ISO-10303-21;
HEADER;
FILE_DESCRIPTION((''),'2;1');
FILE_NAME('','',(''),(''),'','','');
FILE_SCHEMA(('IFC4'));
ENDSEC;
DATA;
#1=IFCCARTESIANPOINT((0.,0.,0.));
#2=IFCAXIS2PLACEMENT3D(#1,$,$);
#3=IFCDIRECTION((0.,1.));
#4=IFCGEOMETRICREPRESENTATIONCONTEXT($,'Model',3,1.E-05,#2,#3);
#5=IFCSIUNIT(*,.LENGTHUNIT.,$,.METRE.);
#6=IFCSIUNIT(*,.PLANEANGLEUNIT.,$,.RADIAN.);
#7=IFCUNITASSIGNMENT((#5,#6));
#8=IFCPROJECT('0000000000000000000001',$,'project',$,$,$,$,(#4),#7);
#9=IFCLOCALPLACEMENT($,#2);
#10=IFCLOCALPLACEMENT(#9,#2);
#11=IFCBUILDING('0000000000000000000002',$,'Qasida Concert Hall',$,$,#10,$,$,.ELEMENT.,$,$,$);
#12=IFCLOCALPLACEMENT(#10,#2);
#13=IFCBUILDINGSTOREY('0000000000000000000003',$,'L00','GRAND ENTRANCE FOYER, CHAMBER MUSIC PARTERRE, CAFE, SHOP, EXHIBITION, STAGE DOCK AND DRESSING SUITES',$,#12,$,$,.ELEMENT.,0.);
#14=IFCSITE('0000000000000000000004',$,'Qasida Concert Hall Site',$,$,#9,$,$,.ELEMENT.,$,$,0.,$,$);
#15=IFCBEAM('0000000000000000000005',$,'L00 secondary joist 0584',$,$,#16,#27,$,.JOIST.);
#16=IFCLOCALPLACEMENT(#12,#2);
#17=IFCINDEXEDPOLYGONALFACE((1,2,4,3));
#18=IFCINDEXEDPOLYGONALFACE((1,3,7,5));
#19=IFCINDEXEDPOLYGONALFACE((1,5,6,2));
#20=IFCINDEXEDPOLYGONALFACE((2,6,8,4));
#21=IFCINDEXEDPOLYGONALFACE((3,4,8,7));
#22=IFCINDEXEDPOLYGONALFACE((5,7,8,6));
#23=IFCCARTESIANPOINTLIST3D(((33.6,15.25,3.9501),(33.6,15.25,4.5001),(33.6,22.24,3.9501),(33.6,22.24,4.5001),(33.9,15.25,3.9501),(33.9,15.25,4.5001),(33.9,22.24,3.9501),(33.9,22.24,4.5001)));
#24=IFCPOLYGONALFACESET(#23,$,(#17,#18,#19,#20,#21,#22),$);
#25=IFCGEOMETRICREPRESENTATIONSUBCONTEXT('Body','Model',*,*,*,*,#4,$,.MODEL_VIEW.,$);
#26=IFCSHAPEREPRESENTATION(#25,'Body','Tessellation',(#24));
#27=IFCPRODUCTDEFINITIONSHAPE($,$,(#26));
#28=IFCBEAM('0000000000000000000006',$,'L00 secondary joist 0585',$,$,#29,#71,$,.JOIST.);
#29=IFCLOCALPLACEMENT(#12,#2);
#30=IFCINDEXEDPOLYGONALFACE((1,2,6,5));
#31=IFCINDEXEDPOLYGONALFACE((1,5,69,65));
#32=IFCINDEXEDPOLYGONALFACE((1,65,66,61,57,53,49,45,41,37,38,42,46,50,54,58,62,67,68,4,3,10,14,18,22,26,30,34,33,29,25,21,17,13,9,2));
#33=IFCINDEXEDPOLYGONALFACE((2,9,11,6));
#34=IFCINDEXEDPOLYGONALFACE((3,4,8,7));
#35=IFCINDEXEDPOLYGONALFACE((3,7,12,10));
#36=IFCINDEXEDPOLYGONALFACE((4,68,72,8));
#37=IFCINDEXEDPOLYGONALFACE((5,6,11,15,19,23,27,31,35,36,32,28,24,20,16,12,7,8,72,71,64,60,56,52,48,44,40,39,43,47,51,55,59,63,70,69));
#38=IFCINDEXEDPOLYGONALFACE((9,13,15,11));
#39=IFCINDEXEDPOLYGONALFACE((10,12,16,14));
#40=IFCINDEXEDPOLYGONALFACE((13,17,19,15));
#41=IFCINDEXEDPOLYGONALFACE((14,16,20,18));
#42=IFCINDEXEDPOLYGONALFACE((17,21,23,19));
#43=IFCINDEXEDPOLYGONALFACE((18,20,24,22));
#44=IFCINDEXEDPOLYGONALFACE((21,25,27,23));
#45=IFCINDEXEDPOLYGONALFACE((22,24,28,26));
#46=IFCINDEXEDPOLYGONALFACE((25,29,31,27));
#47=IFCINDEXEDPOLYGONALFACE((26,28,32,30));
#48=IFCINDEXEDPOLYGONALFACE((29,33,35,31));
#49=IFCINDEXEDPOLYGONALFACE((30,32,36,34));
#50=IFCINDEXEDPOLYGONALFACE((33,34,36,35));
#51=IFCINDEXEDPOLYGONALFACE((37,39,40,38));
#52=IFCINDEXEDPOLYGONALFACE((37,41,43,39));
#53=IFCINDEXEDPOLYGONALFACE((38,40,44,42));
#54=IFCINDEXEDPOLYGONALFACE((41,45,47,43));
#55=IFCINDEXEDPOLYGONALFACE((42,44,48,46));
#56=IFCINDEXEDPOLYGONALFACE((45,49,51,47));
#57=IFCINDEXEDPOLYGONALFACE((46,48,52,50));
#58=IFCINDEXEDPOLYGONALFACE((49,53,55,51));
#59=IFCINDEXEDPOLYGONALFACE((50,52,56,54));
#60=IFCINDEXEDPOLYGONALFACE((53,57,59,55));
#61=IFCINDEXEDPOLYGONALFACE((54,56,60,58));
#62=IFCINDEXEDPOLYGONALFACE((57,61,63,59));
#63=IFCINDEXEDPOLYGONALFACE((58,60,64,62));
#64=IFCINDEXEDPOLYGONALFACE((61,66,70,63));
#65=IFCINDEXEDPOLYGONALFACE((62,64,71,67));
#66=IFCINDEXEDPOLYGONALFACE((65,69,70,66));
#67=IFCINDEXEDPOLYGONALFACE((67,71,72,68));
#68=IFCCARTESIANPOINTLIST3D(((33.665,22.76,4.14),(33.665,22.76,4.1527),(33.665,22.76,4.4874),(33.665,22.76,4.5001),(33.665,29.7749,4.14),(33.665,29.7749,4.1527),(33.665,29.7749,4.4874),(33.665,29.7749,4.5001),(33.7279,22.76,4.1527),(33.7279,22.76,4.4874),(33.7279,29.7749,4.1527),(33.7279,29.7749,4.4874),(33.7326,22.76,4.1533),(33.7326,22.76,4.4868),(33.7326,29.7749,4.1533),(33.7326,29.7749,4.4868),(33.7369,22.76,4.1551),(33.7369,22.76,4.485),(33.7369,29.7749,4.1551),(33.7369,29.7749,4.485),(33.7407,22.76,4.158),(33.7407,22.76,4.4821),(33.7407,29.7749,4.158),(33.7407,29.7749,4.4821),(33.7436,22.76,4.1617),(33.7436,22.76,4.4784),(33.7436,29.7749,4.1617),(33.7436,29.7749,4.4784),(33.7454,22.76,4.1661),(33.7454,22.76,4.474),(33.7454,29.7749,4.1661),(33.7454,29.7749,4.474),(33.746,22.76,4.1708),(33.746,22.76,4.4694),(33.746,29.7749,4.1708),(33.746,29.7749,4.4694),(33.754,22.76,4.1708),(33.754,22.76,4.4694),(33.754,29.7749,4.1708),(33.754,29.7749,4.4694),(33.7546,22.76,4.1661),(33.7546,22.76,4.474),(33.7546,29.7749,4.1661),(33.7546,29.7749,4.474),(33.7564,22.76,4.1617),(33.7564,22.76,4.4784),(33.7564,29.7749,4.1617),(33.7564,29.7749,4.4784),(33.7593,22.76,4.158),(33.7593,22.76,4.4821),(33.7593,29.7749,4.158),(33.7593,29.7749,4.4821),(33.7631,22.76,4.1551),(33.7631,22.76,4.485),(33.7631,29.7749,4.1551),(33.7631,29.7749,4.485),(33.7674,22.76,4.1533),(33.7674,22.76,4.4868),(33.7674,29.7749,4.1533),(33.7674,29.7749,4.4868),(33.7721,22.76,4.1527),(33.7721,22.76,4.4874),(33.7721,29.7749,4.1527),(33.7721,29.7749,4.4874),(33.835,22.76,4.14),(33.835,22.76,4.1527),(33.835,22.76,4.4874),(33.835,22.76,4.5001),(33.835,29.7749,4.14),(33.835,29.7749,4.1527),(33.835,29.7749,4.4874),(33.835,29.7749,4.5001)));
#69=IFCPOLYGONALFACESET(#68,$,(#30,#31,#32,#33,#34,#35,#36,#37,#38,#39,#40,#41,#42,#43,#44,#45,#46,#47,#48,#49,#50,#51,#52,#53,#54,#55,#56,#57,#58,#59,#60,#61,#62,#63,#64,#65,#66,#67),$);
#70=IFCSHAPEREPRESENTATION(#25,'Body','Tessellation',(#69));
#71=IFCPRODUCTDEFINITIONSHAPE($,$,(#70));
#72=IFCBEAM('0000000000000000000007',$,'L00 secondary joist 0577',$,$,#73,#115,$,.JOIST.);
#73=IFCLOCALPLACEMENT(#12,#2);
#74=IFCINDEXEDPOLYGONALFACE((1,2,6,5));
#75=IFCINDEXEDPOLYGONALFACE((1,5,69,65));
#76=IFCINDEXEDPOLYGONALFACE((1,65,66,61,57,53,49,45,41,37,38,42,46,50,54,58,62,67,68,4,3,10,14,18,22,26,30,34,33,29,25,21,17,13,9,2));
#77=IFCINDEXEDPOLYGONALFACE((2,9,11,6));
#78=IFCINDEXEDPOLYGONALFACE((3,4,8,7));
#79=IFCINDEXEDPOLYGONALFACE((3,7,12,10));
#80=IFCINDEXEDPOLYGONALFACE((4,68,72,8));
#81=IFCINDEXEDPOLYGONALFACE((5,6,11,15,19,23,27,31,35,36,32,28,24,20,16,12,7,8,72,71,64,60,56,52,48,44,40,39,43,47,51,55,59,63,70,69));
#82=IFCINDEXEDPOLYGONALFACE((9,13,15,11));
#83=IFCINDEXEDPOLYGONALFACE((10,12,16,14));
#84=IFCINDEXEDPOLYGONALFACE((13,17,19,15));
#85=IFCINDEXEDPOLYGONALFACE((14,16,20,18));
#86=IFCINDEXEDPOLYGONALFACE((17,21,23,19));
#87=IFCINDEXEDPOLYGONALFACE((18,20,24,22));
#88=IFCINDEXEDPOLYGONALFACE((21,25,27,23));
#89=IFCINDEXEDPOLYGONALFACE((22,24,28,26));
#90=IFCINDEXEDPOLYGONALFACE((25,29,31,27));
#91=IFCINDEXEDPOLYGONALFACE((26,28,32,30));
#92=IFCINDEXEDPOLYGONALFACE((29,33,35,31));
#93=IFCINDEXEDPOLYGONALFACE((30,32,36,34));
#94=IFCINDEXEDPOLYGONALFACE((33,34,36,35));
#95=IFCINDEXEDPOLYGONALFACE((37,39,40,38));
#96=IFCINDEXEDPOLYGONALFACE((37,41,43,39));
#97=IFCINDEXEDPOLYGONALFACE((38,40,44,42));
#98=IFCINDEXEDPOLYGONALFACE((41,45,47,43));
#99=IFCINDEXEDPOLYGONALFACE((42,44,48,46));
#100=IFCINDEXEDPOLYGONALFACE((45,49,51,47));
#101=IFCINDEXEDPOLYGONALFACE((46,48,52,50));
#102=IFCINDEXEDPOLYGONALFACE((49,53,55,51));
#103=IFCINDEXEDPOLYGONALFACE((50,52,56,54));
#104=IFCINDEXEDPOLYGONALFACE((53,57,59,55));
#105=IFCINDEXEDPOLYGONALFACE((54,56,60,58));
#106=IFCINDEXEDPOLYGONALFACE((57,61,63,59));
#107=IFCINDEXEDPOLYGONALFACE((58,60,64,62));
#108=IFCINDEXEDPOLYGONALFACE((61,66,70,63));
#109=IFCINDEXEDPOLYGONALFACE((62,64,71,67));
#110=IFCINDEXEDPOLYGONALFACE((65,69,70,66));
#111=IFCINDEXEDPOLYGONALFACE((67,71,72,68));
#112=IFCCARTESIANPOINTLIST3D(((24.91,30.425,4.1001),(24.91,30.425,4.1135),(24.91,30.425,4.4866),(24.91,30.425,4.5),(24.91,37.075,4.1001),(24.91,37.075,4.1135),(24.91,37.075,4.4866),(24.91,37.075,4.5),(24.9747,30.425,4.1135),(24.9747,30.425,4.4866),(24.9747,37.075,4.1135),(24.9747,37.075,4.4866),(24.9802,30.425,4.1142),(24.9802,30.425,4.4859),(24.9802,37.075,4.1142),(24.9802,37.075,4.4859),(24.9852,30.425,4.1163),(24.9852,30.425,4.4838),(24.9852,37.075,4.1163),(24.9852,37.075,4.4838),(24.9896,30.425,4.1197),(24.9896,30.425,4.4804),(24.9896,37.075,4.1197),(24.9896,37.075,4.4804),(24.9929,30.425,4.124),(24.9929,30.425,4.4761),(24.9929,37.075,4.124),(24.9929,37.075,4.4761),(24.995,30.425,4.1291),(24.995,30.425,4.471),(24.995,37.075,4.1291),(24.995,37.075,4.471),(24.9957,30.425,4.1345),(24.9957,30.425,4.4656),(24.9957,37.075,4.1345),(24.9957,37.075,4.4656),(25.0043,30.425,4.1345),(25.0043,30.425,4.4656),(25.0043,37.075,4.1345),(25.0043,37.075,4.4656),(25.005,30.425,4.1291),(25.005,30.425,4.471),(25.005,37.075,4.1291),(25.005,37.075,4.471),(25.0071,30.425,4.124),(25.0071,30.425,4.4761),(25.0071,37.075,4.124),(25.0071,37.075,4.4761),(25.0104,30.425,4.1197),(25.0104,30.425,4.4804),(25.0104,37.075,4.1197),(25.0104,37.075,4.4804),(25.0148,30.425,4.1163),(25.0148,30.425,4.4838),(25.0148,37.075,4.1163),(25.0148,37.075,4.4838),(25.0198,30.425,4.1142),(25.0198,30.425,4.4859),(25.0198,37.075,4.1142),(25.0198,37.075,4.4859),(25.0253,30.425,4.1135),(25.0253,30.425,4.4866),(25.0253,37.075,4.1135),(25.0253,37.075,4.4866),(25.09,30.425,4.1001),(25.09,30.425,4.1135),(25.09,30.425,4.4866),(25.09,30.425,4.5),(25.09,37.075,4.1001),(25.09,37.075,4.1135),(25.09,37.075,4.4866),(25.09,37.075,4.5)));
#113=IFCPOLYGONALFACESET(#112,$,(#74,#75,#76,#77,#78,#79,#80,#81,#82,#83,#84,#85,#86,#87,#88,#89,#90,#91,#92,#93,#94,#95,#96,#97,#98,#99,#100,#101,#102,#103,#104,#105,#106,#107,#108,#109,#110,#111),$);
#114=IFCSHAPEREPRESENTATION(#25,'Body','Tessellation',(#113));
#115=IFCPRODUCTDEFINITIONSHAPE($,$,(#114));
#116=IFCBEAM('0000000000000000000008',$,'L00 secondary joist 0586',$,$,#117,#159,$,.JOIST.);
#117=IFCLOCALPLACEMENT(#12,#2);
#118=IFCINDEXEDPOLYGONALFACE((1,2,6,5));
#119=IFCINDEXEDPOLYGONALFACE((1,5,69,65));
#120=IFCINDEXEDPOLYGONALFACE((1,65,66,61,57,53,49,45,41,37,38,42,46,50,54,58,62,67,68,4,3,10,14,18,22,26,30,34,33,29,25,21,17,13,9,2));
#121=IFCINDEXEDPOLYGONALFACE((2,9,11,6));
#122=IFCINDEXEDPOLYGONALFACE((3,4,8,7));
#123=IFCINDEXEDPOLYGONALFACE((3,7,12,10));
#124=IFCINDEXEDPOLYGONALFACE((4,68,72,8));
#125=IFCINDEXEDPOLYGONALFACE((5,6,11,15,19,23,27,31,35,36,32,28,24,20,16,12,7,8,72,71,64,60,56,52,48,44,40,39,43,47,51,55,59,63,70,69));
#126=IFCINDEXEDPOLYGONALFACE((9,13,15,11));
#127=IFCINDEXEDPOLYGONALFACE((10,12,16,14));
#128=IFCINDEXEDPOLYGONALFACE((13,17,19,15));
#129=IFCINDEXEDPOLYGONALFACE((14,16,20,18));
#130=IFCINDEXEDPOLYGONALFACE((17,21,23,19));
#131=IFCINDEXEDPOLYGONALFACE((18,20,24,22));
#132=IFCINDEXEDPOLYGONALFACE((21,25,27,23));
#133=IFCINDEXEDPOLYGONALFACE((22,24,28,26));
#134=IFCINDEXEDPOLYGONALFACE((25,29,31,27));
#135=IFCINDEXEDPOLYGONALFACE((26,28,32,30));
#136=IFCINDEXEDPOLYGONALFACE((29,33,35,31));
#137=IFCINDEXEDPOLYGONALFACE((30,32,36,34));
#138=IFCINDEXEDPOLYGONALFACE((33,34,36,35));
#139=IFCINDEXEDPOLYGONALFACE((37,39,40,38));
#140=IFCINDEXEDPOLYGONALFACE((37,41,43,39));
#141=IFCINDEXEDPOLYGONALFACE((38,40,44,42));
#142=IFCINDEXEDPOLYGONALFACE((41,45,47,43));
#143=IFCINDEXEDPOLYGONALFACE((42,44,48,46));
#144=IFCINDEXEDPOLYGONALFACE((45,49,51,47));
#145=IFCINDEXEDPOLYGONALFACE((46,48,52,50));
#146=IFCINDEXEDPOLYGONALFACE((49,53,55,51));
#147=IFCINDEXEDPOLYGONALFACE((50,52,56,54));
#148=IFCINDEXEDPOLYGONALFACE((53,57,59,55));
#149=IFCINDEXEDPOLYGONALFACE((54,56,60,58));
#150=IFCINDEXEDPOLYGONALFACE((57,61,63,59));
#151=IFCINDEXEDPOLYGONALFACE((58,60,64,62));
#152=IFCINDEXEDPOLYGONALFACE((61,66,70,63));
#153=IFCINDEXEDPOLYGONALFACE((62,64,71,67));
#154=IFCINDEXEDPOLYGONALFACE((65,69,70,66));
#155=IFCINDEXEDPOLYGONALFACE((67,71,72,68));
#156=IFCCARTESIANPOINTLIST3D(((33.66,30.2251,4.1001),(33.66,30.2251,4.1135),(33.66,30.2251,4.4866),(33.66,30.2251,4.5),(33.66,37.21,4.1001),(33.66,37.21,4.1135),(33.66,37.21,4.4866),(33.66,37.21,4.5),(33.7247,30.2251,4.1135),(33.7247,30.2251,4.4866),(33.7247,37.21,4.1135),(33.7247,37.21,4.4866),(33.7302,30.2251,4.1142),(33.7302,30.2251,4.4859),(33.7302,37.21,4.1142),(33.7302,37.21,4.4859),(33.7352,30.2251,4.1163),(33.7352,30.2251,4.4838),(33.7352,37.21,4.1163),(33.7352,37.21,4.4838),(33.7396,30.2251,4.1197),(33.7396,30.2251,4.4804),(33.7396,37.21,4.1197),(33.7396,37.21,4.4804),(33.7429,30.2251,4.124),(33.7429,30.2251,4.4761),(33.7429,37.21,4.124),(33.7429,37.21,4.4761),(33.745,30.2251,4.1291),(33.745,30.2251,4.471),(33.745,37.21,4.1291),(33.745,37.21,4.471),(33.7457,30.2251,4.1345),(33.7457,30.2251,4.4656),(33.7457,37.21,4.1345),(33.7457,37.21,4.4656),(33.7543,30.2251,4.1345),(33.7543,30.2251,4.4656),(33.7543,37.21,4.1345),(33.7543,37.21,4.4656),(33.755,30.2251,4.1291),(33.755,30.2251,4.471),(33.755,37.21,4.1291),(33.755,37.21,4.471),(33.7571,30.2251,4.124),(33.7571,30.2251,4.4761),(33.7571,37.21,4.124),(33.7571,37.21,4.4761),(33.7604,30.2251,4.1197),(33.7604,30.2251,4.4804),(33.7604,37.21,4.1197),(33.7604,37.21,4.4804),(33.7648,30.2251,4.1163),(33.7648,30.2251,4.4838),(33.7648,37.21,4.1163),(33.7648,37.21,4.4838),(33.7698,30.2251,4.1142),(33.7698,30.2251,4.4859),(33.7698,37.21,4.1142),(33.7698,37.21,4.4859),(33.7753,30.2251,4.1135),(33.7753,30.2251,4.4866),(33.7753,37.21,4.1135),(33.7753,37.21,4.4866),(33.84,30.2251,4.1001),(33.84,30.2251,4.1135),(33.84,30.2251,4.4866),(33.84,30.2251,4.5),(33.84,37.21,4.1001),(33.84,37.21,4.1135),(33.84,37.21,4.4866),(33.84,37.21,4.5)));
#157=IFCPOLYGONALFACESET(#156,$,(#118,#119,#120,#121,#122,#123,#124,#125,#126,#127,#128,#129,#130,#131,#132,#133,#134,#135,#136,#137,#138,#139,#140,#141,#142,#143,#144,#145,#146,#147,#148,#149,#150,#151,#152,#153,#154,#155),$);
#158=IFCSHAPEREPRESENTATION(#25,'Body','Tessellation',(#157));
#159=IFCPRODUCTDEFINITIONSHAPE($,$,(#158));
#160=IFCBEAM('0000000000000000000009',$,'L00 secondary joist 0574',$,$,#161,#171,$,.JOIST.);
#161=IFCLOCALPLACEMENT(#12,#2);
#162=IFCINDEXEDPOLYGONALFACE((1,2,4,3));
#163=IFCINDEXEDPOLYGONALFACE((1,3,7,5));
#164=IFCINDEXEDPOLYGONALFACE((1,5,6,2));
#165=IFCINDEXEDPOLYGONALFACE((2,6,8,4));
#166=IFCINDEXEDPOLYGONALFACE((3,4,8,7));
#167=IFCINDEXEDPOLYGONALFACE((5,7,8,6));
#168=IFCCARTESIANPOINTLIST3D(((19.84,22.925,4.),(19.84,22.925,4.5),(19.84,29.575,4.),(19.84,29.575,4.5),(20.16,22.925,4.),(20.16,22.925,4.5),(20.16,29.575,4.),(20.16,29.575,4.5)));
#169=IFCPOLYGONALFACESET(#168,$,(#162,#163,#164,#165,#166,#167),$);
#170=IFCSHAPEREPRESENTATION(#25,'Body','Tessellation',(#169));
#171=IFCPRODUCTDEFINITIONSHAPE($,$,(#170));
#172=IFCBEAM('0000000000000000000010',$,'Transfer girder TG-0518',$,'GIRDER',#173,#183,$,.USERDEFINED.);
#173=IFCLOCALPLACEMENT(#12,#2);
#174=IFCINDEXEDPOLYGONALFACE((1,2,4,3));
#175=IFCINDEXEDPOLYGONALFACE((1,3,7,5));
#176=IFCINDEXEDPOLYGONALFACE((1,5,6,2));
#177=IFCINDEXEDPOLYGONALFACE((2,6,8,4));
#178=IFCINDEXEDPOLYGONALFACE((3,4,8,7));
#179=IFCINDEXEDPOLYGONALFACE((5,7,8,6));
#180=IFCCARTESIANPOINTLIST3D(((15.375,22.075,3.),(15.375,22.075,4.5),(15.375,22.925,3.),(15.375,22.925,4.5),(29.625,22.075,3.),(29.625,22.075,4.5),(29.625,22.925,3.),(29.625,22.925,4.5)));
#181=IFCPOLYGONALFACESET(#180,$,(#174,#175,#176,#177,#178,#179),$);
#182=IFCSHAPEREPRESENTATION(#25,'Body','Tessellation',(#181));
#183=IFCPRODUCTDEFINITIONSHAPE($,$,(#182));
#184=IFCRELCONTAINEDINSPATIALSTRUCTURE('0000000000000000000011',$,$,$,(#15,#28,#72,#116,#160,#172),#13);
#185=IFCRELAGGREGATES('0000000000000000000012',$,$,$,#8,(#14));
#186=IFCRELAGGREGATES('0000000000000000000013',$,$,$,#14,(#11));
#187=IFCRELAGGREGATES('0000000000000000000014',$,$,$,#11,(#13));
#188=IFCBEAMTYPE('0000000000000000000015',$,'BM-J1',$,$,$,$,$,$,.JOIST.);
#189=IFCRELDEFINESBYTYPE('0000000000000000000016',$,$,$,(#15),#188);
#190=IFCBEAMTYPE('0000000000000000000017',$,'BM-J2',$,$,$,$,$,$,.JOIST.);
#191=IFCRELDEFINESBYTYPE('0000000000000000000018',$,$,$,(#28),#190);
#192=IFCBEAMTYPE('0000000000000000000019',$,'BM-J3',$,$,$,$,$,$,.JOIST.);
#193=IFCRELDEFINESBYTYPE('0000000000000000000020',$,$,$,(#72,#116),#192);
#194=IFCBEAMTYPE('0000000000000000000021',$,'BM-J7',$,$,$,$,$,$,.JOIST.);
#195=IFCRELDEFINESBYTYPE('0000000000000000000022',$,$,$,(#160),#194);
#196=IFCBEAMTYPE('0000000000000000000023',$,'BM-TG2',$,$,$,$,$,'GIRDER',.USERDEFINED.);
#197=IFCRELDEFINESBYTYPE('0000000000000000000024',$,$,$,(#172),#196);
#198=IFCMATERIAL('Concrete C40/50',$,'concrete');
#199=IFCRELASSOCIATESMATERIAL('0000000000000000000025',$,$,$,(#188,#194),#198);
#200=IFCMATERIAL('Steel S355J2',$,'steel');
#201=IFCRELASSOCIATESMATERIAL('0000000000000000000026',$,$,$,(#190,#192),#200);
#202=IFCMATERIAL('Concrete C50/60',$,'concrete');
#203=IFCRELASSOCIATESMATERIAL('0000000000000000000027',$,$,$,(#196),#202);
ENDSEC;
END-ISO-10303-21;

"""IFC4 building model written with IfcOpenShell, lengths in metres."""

from ifc_helpers import new_model, si_unit, direction, frame, origin, origin_2d, place, context, subcontext, project, spatial, rectangle, i_section, extrude, material, material_profile, profile_set, type_object, element, save


model = new_model("IFC4")

# Units and contexts
model_context = context("Model", 3, precision=1e-05, world=origin(), true_north=direction((0.0, 1.0)))
body_context = subcontext(model_context, "Body", "Model", "MODEL_VIEW")
ifc_project = project(units=[si_unit("LENGTHUNIT", "METRE"), si_unit("PLANEANGLEUNIT", "RADIAN")], contexts=[model_context])

# Site, building, storey
site_placement = place(None, origin())
site = spatial("IfcSite", under=ifc_project, at=site_placement, Name="Qasida Concert Hall Site", CompositionType="ELEMENT", RefElevation=0.0)
building_placement = place(site_placement, origin())
building = spatial("IfcBuilding", under=site, at=building_placement, Name="Qasida Concert Hall", CompositionType="ELEMENT")
storey_placement = place(building_placement, origin())
storey = spatial("IfcBuildingStorey", under=building, at=storey_placement, Name="L00", Description="GRAND ENTRANCE FOYER, CHAMBER MUSIC PARTERRE, CAFE, SHOP, EXHIBITION, STAGE DOCK AND DRESSING SUITES", CompositionType="ELEMENT", Elevation=0.0)

# Shared definitions
ifc_material_1 = material(Name="Concrete C50/60", Category="concrete")

# Beams
ifc_material_2 = material(Name="Concrete C40/50", Category="concrete")
ifc_material_3 = material(Name="Steel S355J2", Category="steel")
ifc_material_profile_1 = material_profile(ifc_material_2, rectangle(XDim=0.3, YDim=0.55, at=origin_2d()), Name="RC 300x550")
ifc_profile_set_1 = profile_set([ifc_material_profile_1], Name="Concrete C40/50")
beam_type_1 = type_object("IfcBeamType", Name="BM-J1", PredefinedType="JOIST", material=ifc_profile_set_1)
beam_1_placement = place(storey_placement, frame((33.75, 15.25, 4.2251), z_axis=(0.0, 1.0, 0.0), x_axis=(-1.0, 0.0, 0.0)))
element("IfcBeam", 1, at=beam_1_placement, inside=storey, type_object=beam_type_1, Name="L00 secondary joist 0584", PredefinedType="JOIST", context=body_context, shape_type="SweptSolid", body=[
    extrude(rectangle(XDim=0.3, YDim=0.55, at=origin_2d()), origin(), (0.0, 0.0, 1.0), 6.99),
])
ifc_material_profile_2 = material_profile(ifc_material_3, i_section(OverallWidth=0.1699, OverallDepth=0.3601, WebThickness=0.0081, FlangeThickness=0.0127, FilletRadius=0.0181, at=origin_2d()), Name="IPE 360")
ifc_profile_set_2 = profile_set([ifc_material_profile_2], Name="Steel S355J2")
beam_type_2 = type_object("IfcBeamType", Name="BM-J2", PredefinedType="JOIST", material=ifc_profile_set_2)
beam_2_placement = place(storey_placement, frame((33.75, 22.76, 4.3201), z_axis=(0.0, 1.0, 0.0), x_axis=(-1.0, 0.0, 0.0)))
element("IfcBeam", 2, at=beam_2_placement, inside=storey, type_object=beam_type_2, Name="L00 secondary joist 0585", PredefinedType="JOIST", context=body_context, shape_type="SweptSolid", body=[
    extrude(i_section(OverallWidth=0.1699, OverallDepth=0.3601, WebThickness=0.0081, FlangeThickness=0.0127, FilletRadius=0.0181, at=origin_2d()), origin(), (0.0, 0.0, 1.0), 7.0149),
])
ifc_material_profile_3 = material_profile(ifc_material_3, i_section(OverallWidth=0.1799, OverallDepth=0.3999, WebThickness=0.0085, FlangeThickness=0.0134, FilletRadius=0.021, at=origin_2d()), Name="IPE 400")
ifc_profile_set_3 = profile_set([ifc_material_profile_3], Name="Steel S355J2")
beam_type_3 = type_object("IfcBeamType", Name="BM-J3", PredefinedType="JOIST", material=ifc_profile_set_3)
beam_3_placement = place(storey_placement, frame((25.0, 30.425, 4.3), z_axis=(0.0, 1.0, 0.0), x_axis=(-1.0, 0.0, 0.0)))
element("IfcBeam", 3, at=beam_3_placement, inside=storey, type_object=beam_type_3, Name="L00 secondary joist 0577", PredefinedType="JOIST", context=body_context, shape_type="SweptSolid", body=[
    extrude(i_section(OverallWidth=0.1799, OverallDepth=0.3999, WebThickness=0.0085, FlangeThickness=0.0134, FilletRadius=0.021, at=origin_2d()), origin(), (0.0, 0.0, 1.0), 6.6499),
])
beam_4_placement = place(storey_placement, frame((33.75, 30.2251, 4.3), z_axis=(0.0, 1.0, 0.0), x_axis=(-1.0, 0.0, 0.0)))
element("IfcBeam", 4, at=beam_4_placement, inside=storey, type_object=beam_type_3, Name="L00 secondary joist 0586", PredefinedType="JOIST", context=body_context, shape_type="SweptSolid", body=[
    extrude(i_section(OverallWidth=0.1799, OverallDepth=0.3999, WebThickness=0.0085, FlangeThickness=0.0134, FilletRadius=0.021, at=origin_2d()), origin(), (0.0, 0.0, 1.0), 6.9849),
])
ifc_material_profile_4 = material_profile(ifc_material_2, rectangle(XDim=0.3201, YDim=0.5, at=origin_2d()), Name="RC 320x500")
ifc_profile_set_4 = profile_set([ifc_material_profile_4], Name="Concrete C40/50")
beam_type_4 = type_object("IfcBeamType", Name="BM-J7", PredefinedType="JOIST", material=ifc_profile_set_4)
beam_5_placement = place(storey_placement, frame((20.0, 22.925, 4.25), z_axis=(0.0, 1.0, 0.0), x_axis=(-1.0, 0.0, 0.0)))
element("IfcBeam", 5, at=beam_5_placement, inside=storey, type_object=beam_type_4, Name="L00 secondary joist 0574", PredefinedType="JOIST", context=body_context, shape_type="SweptSolid", body=[
    extrude(rectangle(XDim=0.3201, YDim=0.5, at=origin_2d()), origin(), (0.0, 0.0, 1.0), 6.6499),
])
ifc_material_profile_5 = material_profile(ifc_material_1, rectangle(XDim=0.8501, YDim=1.5, at=origin_2d()), Name="RC 850x1500")
ifc_profile_set_5 = profile_set([ifc_material_profile_5], Name="Concrete C50/60")
beam_type_5 = type_object("IfcBeamType", Name="BM-TG2", ElementType="GIRDER", PredefinedType="USERDEFINED", material=ifc_profile_set_5)
for number, where, z_axis, x_axis, name in (
    (6, (15.375, 22.5, 3.75), (1.0, 0.0, 0.0), (0.0, 1.0, 0.0), "Transfer girder TG-0518"),
):
    element("IfcBeam", number, at=place(storey_placement, frame(where, z_axis=z_axis, x_axis=x_axis)), inside=storey, type_object=beam_type_5, Name=name, ObjectType="GIRDER", PredefinedType="USERDEFINED", context=body_context, shape_type="SweptSolid", body=[
        extrude(rectangle(XDim=0.8501, YDim=1.5, at=origin_2d()), origin(), (0.0, 0.0, 1.0), 14.25),
    ])

save(model, "model.ifc")
